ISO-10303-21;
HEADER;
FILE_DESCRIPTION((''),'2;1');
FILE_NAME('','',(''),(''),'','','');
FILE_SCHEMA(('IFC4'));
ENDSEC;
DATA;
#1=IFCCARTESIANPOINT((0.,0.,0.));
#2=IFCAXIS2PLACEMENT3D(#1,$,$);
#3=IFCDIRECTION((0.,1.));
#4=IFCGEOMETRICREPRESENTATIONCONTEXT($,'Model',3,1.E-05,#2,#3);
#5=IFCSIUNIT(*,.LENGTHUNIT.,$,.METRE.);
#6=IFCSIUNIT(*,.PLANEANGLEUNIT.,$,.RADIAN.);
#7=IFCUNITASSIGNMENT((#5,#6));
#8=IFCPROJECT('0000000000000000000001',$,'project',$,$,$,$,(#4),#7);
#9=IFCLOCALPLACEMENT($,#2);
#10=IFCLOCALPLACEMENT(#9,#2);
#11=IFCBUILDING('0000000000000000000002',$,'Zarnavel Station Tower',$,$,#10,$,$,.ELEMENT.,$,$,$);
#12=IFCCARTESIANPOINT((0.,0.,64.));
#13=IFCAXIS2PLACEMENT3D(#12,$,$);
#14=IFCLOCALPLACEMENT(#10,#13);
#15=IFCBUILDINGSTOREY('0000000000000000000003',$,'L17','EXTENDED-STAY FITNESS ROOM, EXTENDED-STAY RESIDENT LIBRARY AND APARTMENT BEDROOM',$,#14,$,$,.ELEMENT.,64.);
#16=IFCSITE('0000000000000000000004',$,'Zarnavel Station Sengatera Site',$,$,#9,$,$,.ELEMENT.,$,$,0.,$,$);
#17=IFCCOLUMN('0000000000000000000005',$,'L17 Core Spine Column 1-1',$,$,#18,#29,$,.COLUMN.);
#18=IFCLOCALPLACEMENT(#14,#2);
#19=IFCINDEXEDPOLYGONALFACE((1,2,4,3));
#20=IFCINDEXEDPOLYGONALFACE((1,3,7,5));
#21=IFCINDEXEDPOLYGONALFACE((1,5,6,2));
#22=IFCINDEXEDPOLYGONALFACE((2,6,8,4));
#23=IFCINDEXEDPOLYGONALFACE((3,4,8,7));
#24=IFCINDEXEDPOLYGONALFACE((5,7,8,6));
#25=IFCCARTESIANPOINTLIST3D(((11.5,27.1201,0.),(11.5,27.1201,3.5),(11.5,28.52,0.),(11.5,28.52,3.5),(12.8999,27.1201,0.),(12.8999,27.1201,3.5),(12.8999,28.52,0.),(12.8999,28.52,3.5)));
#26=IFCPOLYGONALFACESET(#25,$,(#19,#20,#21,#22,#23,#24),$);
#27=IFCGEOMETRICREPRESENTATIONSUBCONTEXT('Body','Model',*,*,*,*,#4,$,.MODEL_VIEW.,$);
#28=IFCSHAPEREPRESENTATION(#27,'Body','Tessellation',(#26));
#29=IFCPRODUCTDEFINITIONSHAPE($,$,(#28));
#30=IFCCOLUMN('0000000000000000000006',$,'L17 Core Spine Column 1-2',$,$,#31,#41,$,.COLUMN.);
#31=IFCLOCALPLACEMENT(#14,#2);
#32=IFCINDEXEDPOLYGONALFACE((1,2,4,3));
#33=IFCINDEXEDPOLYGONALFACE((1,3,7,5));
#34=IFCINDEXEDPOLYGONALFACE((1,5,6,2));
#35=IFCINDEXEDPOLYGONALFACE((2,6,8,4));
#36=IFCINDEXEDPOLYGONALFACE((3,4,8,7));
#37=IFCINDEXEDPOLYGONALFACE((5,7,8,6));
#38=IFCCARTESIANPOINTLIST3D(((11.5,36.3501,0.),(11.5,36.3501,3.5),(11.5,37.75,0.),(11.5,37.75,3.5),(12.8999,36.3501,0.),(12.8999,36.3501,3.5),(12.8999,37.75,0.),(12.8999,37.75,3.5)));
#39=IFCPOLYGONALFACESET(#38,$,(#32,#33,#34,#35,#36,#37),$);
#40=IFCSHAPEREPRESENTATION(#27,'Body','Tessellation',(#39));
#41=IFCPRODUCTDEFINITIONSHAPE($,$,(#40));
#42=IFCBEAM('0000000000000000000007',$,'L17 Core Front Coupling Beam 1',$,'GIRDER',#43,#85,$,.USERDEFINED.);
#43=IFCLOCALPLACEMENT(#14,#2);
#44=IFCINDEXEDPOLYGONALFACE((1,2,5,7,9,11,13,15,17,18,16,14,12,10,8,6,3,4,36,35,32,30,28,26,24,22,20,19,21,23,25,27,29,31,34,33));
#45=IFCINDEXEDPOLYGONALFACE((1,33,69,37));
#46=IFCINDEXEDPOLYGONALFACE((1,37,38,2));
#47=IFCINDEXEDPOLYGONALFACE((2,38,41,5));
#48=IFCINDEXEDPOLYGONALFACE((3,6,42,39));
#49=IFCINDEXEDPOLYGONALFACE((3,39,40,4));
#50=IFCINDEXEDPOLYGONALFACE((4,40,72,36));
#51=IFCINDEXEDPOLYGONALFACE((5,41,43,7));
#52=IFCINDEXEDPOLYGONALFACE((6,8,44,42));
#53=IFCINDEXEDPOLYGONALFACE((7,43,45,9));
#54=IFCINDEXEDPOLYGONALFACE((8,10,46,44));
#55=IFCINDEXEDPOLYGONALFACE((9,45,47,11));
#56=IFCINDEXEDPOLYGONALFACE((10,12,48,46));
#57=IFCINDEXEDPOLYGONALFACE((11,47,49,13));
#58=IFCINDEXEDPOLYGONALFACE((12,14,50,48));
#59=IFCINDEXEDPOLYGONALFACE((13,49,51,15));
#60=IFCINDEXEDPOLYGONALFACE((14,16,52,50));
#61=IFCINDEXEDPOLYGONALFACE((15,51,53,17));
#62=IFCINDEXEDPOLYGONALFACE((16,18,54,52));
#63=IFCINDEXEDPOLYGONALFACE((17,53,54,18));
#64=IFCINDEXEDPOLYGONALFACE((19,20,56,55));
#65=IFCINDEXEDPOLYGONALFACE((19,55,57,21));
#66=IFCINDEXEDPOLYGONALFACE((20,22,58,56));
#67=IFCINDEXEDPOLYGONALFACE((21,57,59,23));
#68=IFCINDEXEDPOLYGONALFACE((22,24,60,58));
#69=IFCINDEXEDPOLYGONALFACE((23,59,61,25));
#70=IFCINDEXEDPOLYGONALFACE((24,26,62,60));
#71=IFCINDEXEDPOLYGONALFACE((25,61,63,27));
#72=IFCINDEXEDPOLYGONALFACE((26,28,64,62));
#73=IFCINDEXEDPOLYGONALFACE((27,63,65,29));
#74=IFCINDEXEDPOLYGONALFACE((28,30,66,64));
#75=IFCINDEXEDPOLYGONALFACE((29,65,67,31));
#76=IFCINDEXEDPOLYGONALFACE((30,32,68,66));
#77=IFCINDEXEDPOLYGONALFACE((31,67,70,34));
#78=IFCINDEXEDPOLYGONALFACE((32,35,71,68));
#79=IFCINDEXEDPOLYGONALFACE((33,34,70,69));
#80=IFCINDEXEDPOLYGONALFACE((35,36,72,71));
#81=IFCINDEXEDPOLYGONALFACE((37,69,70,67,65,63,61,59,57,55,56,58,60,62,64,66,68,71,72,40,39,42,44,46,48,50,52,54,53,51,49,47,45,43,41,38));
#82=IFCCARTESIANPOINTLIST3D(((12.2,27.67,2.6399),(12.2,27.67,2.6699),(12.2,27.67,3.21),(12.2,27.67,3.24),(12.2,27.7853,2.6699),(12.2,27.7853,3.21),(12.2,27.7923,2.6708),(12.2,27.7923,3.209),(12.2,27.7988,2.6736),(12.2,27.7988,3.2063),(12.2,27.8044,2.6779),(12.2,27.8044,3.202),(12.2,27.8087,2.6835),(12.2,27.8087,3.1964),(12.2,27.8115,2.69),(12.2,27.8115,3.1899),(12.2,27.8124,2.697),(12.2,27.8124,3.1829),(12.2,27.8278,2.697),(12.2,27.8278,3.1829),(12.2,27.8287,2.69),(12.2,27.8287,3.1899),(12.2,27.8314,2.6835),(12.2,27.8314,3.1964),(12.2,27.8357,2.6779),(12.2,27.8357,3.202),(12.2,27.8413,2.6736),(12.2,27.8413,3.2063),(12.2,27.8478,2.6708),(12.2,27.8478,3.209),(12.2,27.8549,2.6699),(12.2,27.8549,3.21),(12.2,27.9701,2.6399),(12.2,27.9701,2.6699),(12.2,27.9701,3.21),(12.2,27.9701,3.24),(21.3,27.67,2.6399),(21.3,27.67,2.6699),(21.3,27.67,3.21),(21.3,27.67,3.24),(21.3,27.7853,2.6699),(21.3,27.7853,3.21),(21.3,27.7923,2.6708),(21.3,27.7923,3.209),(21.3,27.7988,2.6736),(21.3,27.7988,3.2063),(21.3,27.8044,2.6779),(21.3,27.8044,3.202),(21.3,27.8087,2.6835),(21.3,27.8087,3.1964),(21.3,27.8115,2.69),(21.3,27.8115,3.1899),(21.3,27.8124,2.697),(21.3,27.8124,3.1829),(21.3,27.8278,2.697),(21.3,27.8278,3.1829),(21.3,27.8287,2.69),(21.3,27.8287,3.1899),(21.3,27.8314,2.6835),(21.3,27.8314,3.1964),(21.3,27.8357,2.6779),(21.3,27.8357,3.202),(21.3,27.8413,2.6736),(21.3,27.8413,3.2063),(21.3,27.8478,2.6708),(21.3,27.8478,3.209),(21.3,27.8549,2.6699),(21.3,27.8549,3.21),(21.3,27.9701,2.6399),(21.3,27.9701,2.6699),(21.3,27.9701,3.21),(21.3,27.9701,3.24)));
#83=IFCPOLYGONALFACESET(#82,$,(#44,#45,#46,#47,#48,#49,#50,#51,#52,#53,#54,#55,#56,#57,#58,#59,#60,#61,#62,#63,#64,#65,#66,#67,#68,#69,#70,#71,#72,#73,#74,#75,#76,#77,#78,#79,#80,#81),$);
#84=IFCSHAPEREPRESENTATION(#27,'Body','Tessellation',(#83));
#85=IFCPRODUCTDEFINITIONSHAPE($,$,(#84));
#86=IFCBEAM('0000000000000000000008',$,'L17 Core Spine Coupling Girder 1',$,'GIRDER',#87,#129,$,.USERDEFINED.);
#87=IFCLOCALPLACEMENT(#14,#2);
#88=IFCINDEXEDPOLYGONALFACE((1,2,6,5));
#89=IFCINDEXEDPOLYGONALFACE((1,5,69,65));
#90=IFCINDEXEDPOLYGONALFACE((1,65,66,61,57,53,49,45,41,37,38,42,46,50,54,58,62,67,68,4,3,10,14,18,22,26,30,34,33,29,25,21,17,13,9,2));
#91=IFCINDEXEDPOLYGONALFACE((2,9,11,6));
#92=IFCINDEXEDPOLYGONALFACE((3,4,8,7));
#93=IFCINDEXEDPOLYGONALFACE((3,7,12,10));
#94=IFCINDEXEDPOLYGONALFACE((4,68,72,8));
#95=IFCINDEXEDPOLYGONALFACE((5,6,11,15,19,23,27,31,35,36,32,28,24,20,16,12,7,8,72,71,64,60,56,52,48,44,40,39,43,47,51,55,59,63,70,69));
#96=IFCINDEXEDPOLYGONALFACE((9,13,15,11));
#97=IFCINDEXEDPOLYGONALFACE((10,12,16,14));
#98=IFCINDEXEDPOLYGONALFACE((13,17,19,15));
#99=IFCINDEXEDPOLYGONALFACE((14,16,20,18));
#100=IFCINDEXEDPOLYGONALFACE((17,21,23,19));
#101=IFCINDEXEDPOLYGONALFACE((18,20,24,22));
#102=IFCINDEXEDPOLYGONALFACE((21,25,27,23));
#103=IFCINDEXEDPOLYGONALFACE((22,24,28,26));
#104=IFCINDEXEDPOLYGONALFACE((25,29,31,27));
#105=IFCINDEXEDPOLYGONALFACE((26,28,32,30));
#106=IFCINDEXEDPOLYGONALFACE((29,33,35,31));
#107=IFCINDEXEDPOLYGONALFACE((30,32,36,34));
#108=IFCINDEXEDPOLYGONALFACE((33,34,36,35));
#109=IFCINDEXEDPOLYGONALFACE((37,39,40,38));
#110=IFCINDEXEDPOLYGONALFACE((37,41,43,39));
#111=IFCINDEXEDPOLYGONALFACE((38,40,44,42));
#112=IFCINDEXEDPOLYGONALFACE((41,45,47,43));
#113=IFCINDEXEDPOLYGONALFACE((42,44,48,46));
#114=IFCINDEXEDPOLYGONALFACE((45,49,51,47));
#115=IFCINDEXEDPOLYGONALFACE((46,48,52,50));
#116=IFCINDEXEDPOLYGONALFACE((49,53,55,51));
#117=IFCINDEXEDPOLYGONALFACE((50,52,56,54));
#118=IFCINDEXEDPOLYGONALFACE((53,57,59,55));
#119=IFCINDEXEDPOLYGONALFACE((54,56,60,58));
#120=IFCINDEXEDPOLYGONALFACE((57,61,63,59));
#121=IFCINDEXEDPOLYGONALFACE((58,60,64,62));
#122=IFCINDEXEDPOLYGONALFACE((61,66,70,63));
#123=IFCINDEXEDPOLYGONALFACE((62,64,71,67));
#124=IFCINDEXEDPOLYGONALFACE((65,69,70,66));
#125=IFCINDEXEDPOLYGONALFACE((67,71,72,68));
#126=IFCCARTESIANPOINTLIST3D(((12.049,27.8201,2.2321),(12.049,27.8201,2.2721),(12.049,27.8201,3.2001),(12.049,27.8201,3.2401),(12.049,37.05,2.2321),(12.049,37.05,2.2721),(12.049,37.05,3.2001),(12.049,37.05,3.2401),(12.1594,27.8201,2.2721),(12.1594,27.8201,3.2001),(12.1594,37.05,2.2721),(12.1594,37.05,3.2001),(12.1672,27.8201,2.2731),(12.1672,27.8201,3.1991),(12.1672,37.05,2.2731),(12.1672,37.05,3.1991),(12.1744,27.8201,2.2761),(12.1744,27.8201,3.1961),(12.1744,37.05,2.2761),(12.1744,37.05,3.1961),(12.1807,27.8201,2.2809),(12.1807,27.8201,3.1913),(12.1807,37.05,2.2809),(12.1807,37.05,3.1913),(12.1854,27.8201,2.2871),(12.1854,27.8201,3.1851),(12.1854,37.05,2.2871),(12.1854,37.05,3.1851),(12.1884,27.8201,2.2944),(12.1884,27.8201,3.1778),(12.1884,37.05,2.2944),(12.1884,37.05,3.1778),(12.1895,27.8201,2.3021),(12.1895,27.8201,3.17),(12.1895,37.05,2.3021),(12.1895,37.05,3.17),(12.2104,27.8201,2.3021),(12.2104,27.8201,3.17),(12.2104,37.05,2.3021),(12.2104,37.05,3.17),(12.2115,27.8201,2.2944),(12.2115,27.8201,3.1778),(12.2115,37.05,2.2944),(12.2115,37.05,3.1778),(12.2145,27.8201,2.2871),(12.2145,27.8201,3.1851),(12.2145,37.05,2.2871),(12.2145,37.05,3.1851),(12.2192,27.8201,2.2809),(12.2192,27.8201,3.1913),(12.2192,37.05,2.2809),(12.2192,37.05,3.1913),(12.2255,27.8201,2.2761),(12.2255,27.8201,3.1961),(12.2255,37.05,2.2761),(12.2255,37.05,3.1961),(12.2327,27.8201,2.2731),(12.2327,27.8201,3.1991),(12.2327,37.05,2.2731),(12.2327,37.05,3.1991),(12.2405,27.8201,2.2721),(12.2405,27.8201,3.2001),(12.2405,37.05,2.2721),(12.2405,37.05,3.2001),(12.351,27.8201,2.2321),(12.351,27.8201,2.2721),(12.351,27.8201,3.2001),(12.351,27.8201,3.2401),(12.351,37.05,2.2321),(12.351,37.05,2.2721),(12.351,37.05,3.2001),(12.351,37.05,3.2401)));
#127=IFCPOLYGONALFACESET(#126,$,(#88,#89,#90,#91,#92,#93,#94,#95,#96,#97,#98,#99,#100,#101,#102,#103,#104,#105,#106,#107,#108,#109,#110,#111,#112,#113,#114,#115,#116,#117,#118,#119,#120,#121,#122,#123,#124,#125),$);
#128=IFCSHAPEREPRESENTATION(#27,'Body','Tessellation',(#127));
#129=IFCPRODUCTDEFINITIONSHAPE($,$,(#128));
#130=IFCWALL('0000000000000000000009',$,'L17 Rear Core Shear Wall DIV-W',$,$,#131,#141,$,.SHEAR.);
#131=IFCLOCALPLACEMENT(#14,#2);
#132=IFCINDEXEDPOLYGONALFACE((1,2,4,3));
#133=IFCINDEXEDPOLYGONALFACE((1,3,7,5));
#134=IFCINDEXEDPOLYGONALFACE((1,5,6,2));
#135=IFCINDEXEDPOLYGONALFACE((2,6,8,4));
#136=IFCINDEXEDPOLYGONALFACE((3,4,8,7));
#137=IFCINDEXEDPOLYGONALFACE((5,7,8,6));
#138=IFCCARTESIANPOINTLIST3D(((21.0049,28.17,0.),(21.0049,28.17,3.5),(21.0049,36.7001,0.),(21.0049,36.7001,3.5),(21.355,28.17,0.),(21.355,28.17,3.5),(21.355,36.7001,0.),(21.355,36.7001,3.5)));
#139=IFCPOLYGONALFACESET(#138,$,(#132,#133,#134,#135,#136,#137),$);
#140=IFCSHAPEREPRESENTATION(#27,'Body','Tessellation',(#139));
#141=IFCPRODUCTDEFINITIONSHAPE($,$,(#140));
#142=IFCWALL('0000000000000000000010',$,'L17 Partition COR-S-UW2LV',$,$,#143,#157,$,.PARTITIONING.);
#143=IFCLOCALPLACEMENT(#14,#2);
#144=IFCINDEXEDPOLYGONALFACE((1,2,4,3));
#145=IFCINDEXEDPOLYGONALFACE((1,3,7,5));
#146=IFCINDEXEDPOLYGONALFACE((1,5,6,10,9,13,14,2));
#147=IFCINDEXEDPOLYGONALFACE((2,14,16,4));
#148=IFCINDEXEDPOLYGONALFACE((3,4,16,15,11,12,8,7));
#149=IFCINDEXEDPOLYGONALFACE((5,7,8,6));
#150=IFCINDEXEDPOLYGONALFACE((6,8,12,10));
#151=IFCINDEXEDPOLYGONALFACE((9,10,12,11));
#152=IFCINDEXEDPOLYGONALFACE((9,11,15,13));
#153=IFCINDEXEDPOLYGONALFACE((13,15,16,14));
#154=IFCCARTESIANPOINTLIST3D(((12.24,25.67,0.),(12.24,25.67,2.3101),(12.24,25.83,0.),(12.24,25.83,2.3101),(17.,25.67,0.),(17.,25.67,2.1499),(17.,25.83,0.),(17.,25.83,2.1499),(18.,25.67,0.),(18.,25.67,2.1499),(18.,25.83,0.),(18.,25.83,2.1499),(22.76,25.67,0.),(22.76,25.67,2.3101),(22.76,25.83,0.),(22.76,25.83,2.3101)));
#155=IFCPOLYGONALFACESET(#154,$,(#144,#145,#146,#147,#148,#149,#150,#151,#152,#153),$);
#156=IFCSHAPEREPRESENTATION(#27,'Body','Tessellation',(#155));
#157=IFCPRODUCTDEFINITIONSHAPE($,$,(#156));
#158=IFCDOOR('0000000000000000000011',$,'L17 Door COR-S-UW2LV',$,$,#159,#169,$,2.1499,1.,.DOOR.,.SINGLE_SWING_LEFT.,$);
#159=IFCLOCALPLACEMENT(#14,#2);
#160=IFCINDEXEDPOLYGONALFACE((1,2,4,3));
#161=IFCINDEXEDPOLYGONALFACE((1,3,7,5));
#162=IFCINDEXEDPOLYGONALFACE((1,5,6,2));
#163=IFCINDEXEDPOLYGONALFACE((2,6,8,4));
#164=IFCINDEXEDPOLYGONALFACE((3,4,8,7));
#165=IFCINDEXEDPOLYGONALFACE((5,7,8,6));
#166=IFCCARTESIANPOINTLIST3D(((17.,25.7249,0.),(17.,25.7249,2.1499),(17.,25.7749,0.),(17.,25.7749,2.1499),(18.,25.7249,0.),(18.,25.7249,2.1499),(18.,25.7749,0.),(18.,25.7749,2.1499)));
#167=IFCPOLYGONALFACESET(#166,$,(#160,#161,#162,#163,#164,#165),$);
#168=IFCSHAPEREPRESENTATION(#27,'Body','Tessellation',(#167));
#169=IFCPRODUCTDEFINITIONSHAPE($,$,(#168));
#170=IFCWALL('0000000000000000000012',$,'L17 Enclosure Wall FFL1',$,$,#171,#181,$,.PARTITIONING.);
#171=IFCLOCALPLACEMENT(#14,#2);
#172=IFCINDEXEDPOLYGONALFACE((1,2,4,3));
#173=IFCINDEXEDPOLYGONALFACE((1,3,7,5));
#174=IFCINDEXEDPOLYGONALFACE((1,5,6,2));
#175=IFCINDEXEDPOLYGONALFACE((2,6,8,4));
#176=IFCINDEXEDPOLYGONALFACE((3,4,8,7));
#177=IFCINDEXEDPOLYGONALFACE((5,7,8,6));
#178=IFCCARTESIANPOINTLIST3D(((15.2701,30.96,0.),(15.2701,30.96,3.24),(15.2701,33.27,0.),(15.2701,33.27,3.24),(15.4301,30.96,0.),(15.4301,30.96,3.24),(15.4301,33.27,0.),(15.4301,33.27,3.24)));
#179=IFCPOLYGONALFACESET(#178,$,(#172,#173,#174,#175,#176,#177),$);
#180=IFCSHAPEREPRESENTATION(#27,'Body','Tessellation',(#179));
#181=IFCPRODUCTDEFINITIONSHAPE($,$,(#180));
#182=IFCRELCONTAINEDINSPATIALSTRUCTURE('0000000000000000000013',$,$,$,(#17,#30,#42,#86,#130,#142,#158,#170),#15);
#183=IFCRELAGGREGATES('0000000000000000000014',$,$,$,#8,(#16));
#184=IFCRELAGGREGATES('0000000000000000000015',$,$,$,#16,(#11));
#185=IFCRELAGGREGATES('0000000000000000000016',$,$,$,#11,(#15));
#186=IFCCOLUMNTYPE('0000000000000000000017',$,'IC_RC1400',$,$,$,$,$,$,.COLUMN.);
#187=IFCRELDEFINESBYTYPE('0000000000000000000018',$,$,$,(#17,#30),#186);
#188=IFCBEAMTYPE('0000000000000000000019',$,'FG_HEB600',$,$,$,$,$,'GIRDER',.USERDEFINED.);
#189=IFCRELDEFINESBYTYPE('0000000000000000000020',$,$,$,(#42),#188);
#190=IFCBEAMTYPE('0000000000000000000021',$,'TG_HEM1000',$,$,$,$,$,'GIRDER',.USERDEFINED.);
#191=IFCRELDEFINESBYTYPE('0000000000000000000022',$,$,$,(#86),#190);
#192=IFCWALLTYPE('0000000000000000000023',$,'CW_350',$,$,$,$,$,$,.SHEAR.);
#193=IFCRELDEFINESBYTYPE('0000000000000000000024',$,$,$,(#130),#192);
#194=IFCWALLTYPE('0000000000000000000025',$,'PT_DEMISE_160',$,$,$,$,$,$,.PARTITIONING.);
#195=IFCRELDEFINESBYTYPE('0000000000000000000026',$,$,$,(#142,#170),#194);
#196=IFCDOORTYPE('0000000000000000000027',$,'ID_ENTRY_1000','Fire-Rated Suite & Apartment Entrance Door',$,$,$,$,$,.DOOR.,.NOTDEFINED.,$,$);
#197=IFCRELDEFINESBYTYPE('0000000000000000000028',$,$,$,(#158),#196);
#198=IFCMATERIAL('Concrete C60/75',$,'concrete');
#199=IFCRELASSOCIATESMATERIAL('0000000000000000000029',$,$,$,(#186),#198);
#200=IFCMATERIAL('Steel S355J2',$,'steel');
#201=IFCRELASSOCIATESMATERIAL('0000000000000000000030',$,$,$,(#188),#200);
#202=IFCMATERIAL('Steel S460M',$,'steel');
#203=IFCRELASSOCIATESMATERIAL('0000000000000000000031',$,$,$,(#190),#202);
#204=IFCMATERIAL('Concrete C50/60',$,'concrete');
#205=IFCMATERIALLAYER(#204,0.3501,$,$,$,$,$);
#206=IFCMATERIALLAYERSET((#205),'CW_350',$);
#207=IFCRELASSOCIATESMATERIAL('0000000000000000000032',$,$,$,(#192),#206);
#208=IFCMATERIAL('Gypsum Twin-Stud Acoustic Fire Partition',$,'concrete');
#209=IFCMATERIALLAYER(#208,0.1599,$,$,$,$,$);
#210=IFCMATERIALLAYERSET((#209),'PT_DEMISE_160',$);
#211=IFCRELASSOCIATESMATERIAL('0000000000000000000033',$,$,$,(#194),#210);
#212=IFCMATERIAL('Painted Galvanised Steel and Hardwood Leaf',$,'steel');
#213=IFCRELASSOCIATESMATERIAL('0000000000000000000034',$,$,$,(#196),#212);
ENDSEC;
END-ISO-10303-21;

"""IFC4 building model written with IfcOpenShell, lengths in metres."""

from ifc_helpers import new_model, si_unit, direction, frame, frame_2d, origin, origin_2d, place, context, subcontext, project, spatial, rectangle, i_section, extrude, material, layer, layer_set, material_profile, profile_set, type_object, element, fill, save


model = new_model("IFC4")

# Units and contexts
model_context = context("Model", 3, precision=1e-05, world=origin(), true_north=direction((0.0, 1.0)))
body_context = subcontext(model_context, "Body", "Model", "MODEL_VIEW")
ifc_project = project(units=[si_unit("LENGTHUNIT", "METRE"), si_unit("PLANEANGLEUNIT", "RADIAN")], contexts=[model_context])

# Site, building, storey
site_placement = place(None, origin())
site = spatial("IfcSite", under=ifc_project, at=site_placement, Name="Zarnavel Station Sengatera Site", CompositionType="ELEMENT", RefElevation=0.0)
building_placement = place(site_placement, origin())
building = spatial("IfcBuilding", under=site, at=building_placement, Name="Zarnavel Station Tower", CompositionType="ELEMENT")
storey_placement = place(building_placement, frame((0.0, 0.0, 64.0)))
storey = spatial("IfcBuildingStorey", under=building, at=storey_placement, Name="L17", Description="EXTENDED-STAY FITNESS ROOM, EXTENDED-STAY RESIDENT LIBRARY AND APARTMENT BEDROOM", CompositionType="ELEMENT", Elevation=64.0)

# Columns
ifc_material_1 = material(Name="Concrete C60/75", Category="concrete")
ifc_material_profile_1 = material_profile(ifc_material_1, rectangle(XDim=1.3999, YDim=1.3999, at=origin_2d()), Name="RC1400x1400")
ifc_profile_set_1 = profile_set([ifc_material_profile_1], Name="Concrete C60/75")
column_type = type_object("IfcColumnType", Name="IC_RC1400", PredefinedType="COLUMN", material=ifc_profile_set_1)
for number, where, z_axis, x_axis, name in (
    (1, (12.2, 27.8201, 0.0), (0.0, 0.0, 1.0), (1.0, 0.0, 0.0), "L17 Core Spine Column 1-1"),
    (2, (12.2, 37.05, 0.0), (0.0, 0.0, 1.0), (1.0, 0.0, 0.0), "L17 Core Spine Column 1-2"),
):
    element("IfcColumn", number, at=place(storey_placement, frame(where, z_axis=z_axis, x_axis=x_axis)), inside=storey, type_object=column_type, Name=name, PredefinedType="COLUMN", context=body_context, shape_type="SweptSolid", body=[
        extrude(rectangle(XDim=1.3999, YDim=1.3999, at=origin_2d()), origin(), (0.0, 0.0, 1.0), 3.5),
    ])

# Beams
ifc_material_2 = material(Name="Steel S355J2", Category="steel")
ifc_material_profile_2 = material_profile(ifc_material_2, i_section(OverallWidth=0.3, OverallDepth=0.6001, WebThickness=0.0154, FlangeThickness=0.03, FilletRadius=0.0271, at=origin_2d()), Name="HEB600")
ifc_profile_set_2 = profile_set([ifc_material_profile_2], Name="Steel S355J2")
beam_type_1 = type_object("IfcBeamType", Name="FG_HEB600", ElementType="GIRDER", PredefinedType="USERDEFINED", material=ifc_profile_set_2)
beam_1_placement = place(storey_placement, frame((12.2, 27.8201, 2.9399), z_axis=(1.0, 0.0, 0.0), x_axis=(0.0, 1.0, 0.0)))
element("IfcBeam", 3, at=beam_1_placement, inside=storey, type_object=beam_type_1, Name="L17 Core Front Coupling Beam 1", ObjectType="GIRDER", PredefinedType="USERDEFINED", context=body_context, shape_type="SweptSolid", body=[
    extrude(i_section(OverallWidth=0.3, OverallDepth=0.6001, WebThickness=0.0154, FlangeThickness=0.03, FilletRadius=0.0271, at=origin_2d()), origin(), (0.0, 0.0, 1.0), 9.1001),
])
ifc_material_3 = material(Name="Steel S460M", Category="steel")
ifc_material_profile_3 = material_profile(ifc_material_3, i_section(OverallWidth=0.302, OverallDepth=1.0081, WebThickness=0.021, FlangeThickness=0.04, FilletRadius=0.03, at=origin_2d()), Name="HEM1000")
ifc_profile_set_3 = profile_set([ifc_material_profile_3], Name="Steel S460M")
beam_type_2 = type_object("IfcBeamType", Name="TG_HEM1000", ElementType="GIRDER", PredefinedType="USERDEFINED", material=ifc_profile_set_3)
beam_2_placement = place(storey_placement, frame((12.2, 27.8201, 2.7361), z_axis=(0.0, 1.0, 0.0), x_axis=(-1.0, 0.0, 0.0)))
element("IfcBeam", 4, at=beam_2_placement, inside=storey, type_object=beam_type_2, Name="L17 Core Spine Coupling Girder 1", ObjectType="GIRDER", PredefinedType="USERDEFINED", context=body_context, shape_type="SweptSolid", body=[
    extrude(i_section(OverallWidth=0.302, OverallDepth=1.0081, WebThickness=0.021, FlangeThickness=0.04, FilletRadius=0.03, at=origin_2d()), origin(), (0.0, 0.0, 1.0), 9.23),
])

# Wall
ifc_material_4 = material(Name="Concrete C50/60", Category="concrete")
ifc_layer_1 = layer(ifc_material_4, 0.3501)
ifc_layer_set_1 = layer_set([ifc_layer_1], Name="CW_350")
wall_type_1 = type_object("IfcWallType", Name="CW_350", PredefinedType="SHEAR", material=ifc_layer_set_1)
wall_1_placement = place(storey_placement, frame((21.1799, 28.1699, 0.0), z_axis=(0.0, 0.0, 1.0), x_axis=(0.0, 1.0, 0.0)))
element("IfcWall", 5, at=wall_1_placement, inside=storey, type_object=wall_type_1, Name="L17 Rear Core Shear Wall DIV-W", PredefinedType="SHEAR", context=body_context, shape_type="SweptSolid", body=[
    extrude(rectangle(XDim=8.53, YDim=0.3501, at=frame_2d((4.2651, 0.0))), origin(), (0.0, 0.0, 1.0), 3.5),
])

# Wall, opening, door
ifc_material_5 = material(Name="Gypsum Twin-Stud Acoustic Fire Partition", Category="concrete")
ifc_layer_2 = layer(ifc_material_5, 0.1599)
ifc_layer_set_2 = layer_set([ifc_layer_2], Name="PT_DEMISE_160")
wall_type_2 = type_object("IfcWallType", Name="PT_DEMISE_160", PredefinedType="PARTITIONING", material=ifc_layer_set_2)
wall_2_placement = place(storey_placement, frame((12.24, 25.75, 0.0), z_axis=(0.0, 0.0, 1.0), x_axis=(1.0, 0.0, 0.0)))
wall_2 = element("IfcWall", 6, at=wall_2_placement, inside=storey, type_object=wall_type_2, Name="L17 Partition COR-S-UW2LV", PredefinedType="PARTITIONING", context=body_context, shape_type="SweptSolid", body=[
    extrude(rectangle(XDim=10.52, YDim=0.1599, at=frame_2d((5.26, 0.0))), origin(), (0.0, 0.0, 1.0), 2.3101),
])
opening_1_placement = place(wall_2_placement, frame((4.76, 0.0, 0.0)))
opening_1 = element("IfcOpeningElement", 7, at=opening_1_placement, cuts=wall_2, PredefinedType="OPENING", context=body_context, shape_type="SweptSolid", body=[
    extrude(rectangle(XDim=1.0, YDim=2.1499, at=frame_2d((0.5, 1.075))), frame((0.0, 0.0898, 0.0), z_axis=(0.0, -1.0, 0.0), x_axis=(1.0, 0.0, 0.0)), (0.0, 0.0, 1.0), 0.1799),
])
ifc_material_6 = material(Name="Painted Galvanised Steel and Hardwood Leaf", Category="steel")
door_type_1 = type_object("IfcDoorType", Name="ID_ENTRY_1000", Description="Fire-Rated Suite & Apartment Entrance Door", OperationType="NOTDEFINED", PredefinedType="DOOR", material=ifc_material_6)
door_1_placement = place(opening_1_placement, origin())
door_1 = element("IfcDoor", 8, at=door_1_placement, inside=storey, type_object=door_type_1, Name="L17 Door COR-S-UW2LV", OperationType="SINGLE_SWING_LEFT", OverallHeight=2.1499, OverallWidth=1.0, PredefinedType="DOOR", context=body_context, shape_type="SweptSolid", body=[
    extrude(rectangle(XDim=1.0, YDim=2.1499, at=frame_2d((0.5, 1.075))), frame((0.0, 0.0249, 0.0), z_axis=(0.0, -1.0, 0.0), x_axis=(1.0, 0.0, 0.0)), (0.0, 0.0, 1.0), 0.05),
])
fill(opening_1, door_1)

# Wall
wall_3_placement = place(storey_placement, frame((15.3501, 30.96, 0.0), z_axis=(0.0, 0.0, 1.0), x_axis=(0.0, 1.0, 0.0)))
element("IfcWall", 9, at=wall_3_placement, inside=storey, type_object=wall_type_2, Name="L17 Enclosure Wall FFL1", PredefinedType="PARTITIONING", context=body_context, shape_type="SweptSolid", body=[
    extrude(rectangle(XDim=2.3101, YDim=0.1599, at=frame_2d((1.155, 0.0))), origin(), (0.0, 0.0, 1.0), 3.24),
])

save(model, "model.ifc")
